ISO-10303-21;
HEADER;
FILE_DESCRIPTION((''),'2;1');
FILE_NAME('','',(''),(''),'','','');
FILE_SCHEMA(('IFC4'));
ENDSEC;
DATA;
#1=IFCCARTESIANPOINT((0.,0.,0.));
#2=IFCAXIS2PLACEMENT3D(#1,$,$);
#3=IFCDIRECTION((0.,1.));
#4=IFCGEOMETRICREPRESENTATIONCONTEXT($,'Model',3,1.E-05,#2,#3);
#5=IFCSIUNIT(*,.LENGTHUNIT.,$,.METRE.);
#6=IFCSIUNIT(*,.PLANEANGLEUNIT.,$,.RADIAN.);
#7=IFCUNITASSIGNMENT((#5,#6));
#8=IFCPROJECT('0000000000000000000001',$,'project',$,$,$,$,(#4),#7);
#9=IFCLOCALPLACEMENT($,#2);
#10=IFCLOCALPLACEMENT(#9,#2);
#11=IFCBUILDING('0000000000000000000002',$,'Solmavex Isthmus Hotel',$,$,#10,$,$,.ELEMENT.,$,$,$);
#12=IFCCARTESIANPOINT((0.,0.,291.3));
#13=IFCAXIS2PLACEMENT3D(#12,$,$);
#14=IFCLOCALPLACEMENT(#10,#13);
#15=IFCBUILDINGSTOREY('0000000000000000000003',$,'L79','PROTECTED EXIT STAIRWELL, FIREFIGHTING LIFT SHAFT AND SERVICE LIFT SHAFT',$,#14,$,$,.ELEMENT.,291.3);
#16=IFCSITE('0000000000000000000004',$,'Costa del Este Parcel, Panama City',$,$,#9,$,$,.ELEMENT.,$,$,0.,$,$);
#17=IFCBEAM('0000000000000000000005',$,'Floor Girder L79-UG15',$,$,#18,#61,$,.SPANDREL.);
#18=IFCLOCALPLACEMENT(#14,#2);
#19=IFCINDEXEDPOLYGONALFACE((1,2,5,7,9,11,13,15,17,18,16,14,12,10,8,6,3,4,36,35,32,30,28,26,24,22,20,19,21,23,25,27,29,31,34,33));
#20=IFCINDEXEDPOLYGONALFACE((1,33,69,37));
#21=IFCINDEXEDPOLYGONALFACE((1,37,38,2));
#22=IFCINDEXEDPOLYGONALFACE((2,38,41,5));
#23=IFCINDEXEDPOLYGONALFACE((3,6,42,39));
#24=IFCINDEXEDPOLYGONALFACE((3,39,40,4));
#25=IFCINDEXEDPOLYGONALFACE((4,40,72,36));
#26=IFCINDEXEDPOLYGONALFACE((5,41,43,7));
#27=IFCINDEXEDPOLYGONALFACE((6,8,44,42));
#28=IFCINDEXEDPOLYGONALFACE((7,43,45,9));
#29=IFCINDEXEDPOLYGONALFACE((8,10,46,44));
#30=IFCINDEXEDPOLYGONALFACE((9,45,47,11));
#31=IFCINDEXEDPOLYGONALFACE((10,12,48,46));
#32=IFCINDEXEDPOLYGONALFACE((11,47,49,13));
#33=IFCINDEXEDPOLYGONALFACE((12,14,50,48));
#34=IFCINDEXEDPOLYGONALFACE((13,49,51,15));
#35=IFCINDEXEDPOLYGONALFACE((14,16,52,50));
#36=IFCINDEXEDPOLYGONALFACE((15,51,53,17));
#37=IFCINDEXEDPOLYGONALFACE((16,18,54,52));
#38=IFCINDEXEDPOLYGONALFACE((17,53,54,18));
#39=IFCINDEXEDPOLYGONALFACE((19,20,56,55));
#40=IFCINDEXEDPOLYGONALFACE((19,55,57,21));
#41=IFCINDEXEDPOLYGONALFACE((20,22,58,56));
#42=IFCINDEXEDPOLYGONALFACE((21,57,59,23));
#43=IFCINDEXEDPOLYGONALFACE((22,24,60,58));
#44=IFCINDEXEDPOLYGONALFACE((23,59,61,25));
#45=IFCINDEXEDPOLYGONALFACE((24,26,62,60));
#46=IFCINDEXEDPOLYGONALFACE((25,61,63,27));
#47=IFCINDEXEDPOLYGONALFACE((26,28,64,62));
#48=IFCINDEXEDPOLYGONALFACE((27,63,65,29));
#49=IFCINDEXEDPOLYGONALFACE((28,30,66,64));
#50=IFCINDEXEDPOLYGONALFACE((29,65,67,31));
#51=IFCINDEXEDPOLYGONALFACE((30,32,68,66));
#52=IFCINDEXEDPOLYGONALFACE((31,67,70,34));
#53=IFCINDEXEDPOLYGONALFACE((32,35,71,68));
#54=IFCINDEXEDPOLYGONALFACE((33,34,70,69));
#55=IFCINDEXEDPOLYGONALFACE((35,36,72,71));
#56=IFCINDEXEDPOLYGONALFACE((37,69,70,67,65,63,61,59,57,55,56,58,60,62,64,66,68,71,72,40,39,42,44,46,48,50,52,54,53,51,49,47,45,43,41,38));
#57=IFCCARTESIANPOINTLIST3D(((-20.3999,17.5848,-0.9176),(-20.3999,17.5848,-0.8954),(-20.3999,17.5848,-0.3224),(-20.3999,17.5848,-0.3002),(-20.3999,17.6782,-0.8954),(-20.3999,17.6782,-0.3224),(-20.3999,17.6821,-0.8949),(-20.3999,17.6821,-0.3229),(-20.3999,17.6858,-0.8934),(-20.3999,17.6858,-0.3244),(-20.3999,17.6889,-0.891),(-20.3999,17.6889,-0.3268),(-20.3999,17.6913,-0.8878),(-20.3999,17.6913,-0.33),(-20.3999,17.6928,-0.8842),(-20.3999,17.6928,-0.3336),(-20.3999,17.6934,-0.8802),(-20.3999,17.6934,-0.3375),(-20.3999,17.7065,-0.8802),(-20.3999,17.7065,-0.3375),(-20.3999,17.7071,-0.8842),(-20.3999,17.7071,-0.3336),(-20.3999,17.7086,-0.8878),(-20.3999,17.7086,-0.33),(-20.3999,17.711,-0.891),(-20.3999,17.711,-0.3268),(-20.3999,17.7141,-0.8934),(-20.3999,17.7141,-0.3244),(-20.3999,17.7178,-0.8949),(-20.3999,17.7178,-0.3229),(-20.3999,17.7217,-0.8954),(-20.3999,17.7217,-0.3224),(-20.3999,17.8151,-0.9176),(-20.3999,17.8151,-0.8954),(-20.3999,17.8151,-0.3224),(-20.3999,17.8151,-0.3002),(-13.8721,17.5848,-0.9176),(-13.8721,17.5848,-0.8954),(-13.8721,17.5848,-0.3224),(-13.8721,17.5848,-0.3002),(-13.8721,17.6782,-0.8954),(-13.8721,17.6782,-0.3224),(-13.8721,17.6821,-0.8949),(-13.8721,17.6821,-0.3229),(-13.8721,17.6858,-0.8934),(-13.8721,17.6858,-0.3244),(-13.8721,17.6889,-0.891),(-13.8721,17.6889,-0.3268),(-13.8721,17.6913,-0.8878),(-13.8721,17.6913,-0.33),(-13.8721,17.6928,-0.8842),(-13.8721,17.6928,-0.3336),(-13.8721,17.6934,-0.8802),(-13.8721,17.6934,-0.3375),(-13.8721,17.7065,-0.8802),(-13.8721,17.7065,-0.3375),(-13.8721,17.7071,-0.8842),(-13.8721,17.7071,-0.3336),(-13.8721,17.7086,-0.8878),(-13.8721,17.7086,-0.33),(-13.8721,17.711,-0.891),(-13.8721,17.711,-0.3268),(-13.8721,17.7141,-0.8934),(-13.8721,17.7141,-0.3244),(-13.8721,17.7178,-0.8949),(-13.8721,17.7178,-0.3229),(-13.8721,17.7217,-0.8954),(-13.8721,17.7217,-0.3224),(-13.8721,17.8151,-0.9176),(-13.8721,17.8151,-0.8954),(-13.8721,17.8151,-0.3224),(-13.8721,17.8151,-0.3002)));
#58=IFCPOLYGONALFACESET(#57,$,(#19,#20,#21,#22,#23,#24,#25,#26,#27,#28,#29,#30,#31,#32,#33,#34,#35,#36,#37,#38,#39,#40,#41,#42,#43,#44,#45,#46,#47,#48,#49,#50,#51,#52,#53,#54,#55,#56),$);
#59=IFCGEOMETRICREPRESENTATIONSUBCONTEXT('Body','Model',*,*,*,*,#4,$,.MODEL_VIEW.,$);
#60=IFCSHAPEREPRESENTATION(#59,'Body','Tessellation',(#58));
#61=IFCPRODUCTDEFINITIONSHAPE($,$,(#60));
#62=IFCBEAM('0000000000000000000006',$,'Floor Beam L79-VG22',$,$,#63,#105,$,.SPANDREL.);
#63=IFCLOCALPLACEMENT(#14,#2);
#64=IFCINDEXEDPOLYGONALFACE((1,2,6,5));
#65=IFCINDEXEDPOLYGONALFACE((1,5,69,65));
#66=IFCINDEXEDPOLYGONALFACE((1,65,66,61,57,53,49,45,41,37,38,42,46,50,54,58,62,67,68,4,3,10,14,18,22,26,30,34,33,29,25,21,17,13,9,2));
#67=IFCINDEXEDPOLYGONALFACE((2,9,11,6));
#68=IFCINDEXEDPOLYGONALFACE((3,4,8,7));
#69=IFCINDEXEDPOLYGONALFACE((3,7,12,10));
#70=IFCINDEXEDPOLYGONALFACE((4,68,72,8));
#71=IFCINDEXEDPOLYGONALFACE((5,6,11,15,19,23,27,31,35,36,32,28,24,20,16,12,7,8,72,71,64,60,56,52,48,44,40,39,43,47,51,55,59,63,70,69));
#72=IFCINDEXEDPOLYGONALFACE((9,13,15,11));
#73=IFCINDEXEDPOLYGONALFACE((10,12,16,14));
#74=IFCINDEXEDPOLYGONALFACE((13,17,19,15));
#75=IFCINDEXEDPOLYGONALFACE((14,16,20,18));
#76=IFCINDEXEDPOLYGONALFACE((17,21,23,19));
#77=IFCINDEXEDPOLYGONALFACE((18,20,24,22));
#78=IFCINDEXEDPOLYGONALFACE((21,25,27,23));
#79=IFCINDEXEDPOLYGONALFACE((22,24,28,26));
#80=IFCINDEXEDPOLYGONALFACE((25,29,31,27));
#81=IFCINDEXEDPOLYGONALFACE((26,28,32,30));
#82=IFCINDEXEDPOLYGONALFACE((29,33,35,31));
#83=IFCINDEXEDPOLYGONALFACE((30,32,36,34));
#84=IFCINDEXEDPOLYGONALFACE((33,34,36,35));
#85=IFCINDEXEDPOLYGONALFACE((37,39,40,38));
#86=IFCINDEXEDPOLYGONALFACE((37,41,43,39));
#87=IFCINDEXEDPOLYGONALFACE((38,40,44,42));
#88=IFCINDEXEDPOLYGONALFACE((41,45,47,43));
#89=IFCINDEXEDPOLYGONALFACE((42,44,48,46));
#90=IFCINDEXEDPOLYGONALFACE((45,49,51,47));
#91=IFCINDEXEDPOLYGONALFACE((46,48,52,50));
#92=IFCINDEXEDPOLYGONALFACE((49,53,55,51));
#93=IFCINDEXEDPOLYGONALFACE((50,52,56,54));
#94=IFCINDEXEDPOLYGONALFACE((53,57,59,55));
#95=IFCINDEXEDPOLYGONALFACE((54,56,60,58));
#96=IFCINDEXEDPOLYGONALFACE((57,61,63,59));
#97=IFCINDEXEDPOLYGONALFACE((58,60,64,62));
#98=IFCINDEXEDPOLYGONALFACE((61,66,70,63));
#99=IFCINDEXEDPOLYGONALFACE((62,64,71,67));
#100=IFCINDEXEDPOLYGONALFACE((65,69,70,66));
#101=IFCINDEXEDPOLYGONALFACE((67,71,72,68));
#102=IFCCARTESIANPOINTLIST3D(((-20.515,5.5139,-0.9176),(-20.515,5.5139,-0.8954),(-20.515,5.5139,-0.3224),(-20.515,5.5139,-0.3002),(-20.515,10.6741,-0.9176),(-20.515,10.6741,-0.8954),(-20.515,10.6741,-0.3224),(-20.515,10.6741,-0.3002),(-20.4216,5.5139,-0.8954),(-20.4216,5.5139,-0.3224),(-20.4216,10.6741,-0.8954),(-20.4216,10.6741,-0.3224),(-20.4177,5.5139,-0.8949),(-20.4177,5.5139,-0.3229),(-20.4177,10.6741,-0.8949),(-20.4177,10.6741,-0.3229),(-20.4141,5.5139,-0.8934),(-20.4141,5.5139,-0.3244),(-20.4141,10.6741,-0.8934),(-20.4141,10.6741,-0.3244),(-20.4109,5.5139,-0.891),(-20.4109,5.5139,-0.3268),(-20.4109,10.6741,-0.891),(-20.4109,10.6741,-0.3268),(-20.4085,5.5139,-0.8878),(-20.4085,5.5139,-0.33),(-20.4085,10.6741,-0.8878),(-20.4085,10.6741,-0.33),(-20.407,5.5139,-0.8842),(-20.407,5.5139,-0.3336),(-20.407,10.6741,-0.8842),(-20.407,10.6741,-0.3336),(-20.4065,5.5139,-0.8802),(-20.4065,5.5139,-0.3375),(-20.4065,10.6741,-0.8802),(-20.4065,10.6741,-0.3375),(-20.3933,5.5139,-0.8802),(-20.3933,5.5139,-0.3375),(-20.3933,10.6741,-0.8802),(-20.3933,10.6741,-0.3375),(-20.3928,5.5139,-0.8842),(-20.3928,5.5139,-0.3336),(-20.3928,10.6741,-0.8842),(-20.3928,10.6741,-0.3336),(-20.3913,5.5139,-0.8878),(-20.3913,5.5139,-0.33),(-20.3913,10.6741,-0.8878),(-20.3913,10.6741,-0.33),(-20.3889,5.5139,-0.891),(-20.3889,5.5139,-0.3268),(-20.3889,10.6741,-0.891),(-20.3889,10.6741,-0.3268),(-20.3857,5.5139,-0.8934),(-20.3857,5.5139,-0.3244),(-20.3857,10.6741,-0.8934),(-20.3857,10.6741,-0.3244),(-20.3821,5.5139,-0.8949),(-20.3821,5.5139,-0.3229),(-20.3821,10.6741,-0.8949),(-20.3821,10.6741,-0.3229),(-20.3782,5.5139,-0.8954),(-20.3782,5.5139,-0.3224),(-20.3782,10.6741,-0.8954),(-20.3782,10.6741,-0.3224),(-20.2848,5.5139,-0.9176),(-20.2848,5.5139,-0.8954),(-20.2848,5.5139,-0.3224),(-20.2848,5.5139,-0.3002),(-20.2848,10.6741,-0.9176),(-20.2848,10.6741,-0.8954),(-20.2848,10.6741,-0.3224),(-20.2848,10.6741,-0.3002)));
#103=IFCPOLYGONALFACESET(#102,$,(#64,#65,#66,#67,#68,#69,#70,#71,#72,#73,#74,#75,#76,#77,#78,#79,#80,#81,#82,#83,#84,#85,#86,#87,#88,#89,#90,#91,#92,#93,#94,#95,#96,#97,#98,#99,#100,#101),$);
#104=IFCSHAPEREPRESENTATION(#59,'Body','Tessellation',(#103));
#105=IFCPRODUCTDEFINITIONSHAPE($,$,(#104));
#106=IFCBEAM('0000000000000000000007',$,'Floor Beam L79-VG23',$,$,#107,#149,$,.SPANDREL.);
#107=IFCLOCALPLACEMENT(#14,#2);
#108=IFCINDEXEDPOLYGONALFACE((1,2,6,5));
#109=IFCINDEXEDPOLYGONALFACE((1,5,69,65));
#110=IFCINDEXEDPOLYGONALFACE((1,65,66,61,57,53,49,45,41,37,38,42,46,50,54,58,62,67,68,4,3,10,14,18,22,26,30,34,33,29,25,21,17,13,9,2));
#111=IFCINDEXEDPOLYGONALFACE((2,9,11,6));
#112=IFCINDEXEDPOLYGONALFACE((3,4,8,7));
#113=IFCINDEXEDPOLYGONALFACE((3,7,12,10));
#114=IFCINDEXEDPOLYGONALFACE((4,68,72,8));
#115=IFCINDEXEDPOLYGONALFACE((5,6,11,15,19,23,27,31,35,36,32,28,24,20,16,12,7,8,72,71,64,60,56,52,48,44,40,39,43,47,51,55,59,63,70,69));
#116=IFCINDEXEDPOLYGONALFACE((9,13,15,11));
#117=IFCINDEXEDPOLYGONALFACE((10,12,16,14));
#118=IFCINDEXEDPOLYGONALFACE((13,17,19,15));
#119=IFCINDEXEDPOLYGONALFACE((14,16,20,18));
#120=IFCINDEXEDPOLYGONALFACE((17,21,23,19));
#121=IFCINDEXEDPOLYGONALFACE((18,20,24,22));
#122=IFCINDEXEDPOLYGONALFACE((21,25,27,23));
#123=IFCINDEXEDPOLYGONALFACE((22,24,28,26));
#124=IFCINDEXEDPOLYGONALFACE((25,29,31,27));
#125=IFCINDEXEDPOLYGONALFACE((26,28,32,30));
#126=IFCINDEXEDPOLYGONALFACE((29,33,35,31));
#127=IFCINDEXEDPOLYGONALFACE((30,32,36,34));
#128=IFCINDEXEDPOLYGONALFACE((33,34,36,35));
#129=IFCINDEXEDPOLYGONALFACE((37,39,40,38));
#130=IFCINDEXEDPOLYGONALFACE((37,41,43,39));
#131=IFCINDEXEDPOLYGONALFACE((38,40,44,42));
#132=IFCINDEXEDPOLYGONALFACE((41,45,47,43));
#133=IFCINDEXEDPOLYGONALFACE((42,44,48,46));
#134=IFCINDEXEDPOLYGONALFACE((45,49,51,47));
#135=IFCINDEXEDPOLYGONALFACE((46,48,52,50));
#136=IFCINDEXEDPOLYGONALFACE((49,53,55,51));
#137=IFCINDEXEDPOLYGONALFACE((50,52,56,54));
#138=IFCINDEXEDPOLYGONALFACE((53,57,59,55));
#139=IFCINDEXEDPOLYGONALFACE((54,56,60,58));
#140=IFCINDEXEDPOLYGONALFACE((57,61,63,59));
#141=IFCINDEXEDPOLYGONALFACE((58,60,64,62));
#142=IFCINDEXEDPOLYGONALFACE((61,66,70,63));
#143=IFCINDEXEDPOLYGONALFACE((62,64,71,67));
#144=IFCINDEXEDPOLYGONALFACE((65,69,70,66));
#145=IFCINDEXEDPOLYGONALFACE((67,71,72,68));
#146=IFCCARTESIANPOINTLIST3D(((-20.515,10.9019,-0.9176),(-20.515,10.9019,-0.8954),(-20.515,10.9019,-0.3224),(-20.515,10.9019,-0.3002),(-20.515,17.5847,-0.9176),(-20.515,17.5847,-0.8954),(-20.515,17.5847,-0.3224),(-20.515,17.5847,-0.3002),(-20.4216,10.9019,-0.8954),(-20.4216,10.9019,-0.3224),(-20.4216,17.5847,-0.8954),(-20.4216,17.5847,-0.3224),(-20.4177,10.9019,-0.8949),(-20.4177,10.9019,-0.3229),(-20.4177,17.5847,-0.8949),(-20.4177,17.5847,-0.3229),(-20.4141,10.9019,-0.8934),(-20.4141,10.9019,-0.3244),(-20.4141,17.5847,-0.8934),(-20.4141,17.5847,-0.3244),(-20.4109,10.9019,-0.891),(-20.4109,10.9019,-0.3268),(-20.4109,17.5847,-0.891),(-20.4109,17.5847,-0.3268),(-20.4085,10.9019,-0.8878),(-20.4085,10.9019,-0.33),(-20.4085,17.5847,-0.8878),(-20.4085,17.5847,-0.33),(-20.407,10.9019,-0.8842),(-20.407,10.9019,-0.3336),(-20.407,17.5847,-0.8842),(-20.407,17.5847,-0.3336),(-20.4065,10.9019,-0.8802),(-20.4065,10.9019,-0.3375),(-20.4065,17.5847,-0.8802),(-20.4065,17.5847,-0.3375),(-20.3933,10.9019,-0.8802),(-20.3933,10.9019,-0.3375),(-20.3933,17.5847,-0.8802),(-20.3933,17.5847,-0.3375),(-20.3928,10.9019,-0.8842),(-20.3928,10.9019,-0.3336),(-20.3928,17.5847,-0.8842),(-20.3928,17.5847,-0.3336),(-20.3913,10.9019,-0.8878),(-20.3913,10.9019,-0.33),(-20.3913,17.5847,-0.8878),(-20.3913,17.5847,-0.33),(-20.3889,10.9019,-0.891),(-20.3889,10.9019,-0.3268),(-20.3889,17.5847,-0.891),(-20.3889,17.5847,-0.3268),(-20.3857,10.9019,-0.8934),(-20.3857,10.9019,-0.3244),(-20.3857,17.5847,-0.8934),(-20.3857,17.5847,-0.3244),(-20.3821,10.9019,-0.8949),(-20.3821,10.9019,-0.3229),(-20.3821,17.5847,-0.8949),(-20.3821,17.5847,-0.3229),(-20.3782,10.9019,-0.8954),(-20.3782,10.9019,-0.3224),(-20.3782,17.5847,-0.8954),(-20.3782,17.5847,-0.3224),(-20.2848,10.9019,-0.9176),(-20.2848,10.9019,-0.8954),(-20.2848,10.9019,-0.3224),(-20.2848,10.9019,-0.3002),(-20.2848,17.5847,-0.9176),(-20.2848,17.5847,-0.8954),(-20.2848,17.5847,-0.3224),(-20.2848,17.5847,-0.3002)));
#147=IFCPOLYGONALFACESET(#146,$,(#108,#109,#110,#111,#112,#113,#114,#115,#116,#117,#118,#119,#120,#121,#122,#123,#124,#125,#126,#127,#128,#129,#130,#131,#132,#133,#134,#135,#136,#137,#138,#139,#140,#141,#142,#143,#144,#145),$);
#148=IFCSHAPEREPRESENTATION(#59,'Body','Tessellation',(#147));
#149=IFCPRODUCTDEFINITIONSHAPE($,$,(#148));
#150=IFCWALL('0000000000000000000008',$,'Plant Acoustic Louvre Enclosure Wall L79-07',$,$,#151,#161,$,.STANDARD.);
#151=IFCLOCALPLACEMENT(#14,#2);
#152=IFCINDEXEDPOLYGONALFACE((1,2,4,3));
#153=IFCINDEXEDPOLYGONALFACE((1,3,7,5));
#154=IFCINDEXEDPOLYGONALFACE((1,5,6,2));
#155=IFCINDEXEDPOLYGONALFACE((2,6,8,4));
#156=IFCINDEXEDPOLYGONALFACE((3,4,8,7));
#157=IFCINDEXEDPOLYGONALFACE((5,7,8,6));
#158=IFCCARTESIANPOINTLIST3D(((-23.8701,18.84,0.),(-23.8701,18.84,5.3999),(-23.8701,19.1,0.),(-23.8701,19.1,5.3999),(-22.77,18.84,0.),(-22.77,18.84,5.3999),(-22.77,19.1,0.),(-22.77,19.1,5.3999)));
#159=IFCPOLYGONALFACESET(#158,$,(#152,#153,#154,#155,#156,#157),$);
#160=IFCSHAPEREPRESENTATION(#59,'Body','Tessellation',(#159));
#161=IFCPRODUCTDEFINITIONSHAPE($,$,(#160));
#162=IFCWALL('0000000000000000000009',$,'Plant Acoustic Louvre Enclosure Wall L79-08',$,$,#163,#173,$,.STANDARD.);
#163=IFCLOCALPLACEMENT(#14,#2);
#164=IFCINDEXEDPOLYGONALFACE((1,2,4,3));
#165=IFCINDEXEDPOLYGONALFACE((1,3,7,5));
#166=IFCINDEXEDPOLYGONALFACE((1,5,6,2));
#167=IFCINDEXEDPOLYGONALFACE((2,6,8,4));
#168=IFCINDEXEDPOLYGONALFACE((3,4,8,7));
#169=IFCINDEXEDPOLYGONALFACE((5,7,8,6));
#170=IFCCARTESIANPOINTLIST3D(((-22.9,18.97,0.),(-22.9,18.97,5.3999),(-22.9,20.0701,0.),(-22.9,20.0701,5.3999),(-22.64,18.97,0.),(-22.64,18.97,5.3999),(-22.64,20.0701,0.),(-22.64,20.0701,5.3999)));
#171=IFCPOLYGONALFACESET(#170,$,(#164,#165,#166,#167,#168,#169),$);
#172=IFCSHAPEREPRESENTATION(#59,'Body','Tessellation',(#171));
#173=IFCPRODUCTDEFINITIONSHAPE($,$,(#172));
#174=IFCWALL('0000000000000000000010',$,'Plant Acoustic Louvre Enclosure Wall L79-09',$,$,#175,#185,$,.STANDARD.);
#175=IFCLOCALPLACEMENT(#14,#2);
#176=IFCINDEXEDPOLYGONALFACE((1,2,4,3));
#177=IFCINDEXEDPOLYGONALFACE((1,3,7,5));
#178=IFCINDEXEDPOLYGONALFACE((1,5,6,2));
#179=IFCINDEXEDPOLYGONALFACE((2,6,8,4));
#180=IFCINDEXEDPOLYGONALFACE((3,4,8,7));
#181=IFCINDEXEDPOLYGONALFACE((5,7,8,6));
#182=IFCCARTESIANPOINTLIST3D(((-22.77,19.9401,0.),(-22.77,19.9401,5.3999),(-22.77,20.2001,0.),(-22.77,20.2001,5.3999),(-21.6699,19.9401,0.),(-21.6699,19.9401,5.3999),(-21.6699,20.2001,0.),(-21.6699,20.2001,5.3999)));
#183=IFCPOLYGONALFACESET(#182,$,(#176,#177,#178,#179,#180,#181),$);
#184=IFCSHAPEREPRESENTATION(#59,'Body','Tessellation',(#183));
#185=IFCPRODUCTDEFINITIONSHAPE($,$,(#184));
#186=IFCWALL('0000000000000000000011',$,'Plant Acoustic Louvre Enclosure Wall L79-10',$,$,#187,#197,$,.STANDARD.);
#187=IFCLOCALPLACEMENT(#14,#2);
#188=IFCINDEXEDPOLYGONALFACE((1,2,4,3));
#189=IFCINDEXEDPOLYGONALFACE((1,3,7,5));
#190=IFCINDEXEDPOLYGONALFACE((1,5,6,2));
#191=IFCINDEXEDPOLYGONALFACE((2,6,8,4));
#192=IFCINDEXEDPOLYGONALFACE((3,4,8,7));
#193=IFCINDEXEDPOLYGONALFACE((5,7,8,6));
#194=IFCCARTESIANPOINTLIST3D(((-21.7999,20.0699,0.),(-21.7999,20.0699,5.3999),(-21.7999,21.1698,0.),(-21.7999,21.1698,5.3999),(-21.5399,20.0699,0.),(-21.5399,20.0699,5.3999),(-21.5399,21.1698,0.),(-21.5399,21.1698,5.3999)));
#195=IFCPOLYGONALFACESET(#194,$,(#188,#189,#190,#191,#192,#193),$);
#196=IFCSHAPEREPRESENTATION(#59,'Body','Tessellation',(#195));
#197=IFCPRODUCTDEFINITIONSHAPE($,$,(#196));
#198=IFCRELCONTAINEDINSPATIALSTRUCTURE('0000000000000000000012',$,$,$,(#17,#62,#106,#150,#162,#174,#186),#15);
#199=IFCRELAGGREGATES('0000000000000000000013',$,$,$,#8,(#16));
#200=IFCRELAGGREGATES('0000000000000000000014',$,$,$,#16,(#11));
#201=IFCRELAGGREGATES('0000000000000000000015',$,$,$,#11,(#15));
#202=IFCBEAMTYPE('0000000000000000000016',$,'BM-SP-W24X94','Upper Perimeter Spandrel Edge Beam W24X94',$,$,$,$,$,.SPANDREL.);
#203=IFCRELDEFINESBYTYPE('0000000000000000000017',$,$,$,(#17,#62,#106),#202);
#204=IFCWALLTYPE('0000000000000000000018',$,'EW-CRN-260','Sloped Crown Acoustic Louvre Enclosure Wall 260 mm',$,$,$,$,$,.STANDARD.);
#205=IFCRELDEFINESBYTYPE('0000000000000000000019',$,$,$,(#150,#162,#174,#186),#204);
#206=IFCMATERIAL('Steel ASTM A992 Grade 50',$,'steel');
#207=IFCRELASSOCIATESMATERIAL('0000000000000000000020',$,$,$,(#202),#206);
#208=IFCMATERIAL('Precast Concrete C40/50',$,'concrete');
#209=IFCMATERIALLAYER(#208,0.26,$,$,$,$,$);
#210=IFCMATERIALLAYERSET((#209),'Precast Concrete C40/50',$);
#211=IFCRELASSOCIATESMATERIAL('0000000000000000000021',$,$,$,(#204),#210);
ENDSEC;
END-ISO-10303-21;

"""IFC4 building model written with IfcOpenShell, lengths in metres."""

from ifc_helpers import new_model, si_unit, direction, frame, frame_2d, origin, origin_2d, place, context, subcontext, project, spatial, rectangle, i_section, extrude, material, layer, layer_set, material_profile, profile_set, type_object, element, save


model = new_model("IFC4")

# Units and contexts
model_context = context("Model", 3, precision=1e-05, world=origin(), true_north=direction((0.0, 1.0)))
body_context = subcontext(model_context, "Body", "Model", "MODEL_VIEW")
ifc_project = project(units=[si_unit("LENGTHUNIT", "METRE"), si_unit("PLANEANGLEUNIT", "RADIAN")], contexts=[model_context])

# Site, building, storey
site_placement = place(None, origin())
site = spatial("IfcSite", under=ifc_project, at=site_placement, Name="Costa del Este Parcel, Panama City", CompositionType="ELEMENT", RefElevation=0.0)
building_placement = place(site_placement, origin())
building = spatial("IfcBuilding", under=site, at=building_placement, Name="Solmavex Isthmus Hotel", CompositionType="ELEMENT")
storey_placement = place(building_placement, frame((0.0, 0.0, 291.3)))
storey = spatial("IfcBuildingStorey", under=building, at=storey_placement, Name="L79", Description="PROTECTED EXIT STAIRWELL, FIREFIGHTING LIFT SHAFT AND SERVICE LIFT SHAFT", CompositionType="ELEMENT", Elevation=291.3)

# Beams
ifc_material_1 = material(Name="Steel ASTM A992 Grade 50", Category="steel")
ifc_material_profile_1 = material_profile(ifc_material_1, i_section(OverallWidth=0.2302, OverallDepth=0.6174, WebThickness=0.0132, FlangeThickness=0.0222, FilletRadius=0.0151, at=origin_2d()), Name="W24X94")
ifc_profile_set_1 = profile_set([ifc_material_profile_1], Name="Steel ASTM A992 Grade 50")
beam_type_1 = type_object("IfcBeamType", Name="BM-SP-W24X94", Description="Upper Perimeter Spandrel Edge Beam W24X94", PredefinedType="SPANDREL", material=ifc_profile_set_1)
beam_1_placement = place(storey_placement, frame((-20.3999, 17.7, -0.6089), z_axis=(1.0, 0.0, 0.0), x_axis=(0.0, 1.0, 0.0)))
element("IfcBeam", 1, at=beam_1_placement, inside=storey, type_object=beam_type_1, Name="Floor Girder L79-UG15", PredefinedType="SPANDREL", context=body_context, shape_type="SweptSolid", body=[
    extrude(i_section(OverallWidth=0.2302, OverallDepth=0.6174, WebThickness=0.0132, FlangeThickness=0.0222, FilletRadius=0.0151, at=origin_2d()), origin(), (0.0, 0.0, 1.0), 6.5278),
])
beam_2_placement = place(storey_placement, frame((-20.3999, 5.5139, -0.6089), z_axis=(0.0, 1.0, 0.0), x_axis=(-1.0, 0.0, 0.0)))
element("IfcBeam", 2, at=beam_2_placement, inside=storey, type_object=beam_type_1, Name="Floor Beam L79-VG22", PredefinedType="SPANDREL", context=body_context, shape_type="SweptSolid", body=[
    extrude(i_section(OverallWidth=0.2302, OverallDepth=0.6174, WebThickness=0.0132, FlangeThickness=0.0222, FilletRadius=0.0151, at=origin_2d()), origin(), (0.0, 0.0, 1.0), 5.1602),
])
beam_3_placement = place(storey_placement, frame((-20.3999, 10.9019, -0.6089), z_axis=(0.0, 1.0, 0.0), x_axis=(-1.0, 0.0, 0.0)))
element("IfcBeam", 3, at=beam_3_placement, inside=storey, type_object=beam_type_1, Name="Floor Beam L79-VG23", PredefinedType="SPANDREL", context=body_context, shape_type="SweptSolid", body=[
    extrude(i_section(OverallWidth=0.2302, OverallDepth=0.6174, WebThickness=0.0132, FlangeThickness=0.0222, FilletRadius=0.0151, at=origin_2d()), origin(), (0.0, 0.0, 1.0), 6.6829),
])

# Walls
ifc_material_2 = material(Name="Precast Concrete C40/50", Category="concrete")
ifc_layer_1 = layer(ifc_material_2, 0.26)
ifc_layer_set_1 = layer_set([ifc_layer_1], Name="Precast Concrete C40/50")
wall_type_1 = type_object("IfcWallType", Name="EW-CRN-260", Description="Sloped Crown Acoustic Louvre Enclosure Wall 260 mm", PredefinedType="STANDARD", material=ifc_layer_set_1)
for number, where, z_axis, x_axis, name in (
    (4, (-23.8701, 18.97, 0.0), (0.0, 0.0, 1.0), (1.0, 0.0, 0.0), "Plant Acoustic Louvre Enclosure Wall L79-07"),
    (5, (-22.77, 18.97, 0.0), (0.0, 0.0, 1.0), (0.0, 1.0, 0.0), "Plant Acoustic Louvre Enclosure Wall L79-08"),
    (6, (-22.77, 20.0701, 0.0), (0.0, 0.0, 1.0), (1.0, 0.0, 0.0), "Plant Acoustic Louvre Enclosure Wall L79-09"),
):
    element("IfcWall", number, at=place(storey_placement, frame(where, z_axis=z_axis, x_axis=x_axis)), inside=storey, type_object=wall_type_1, Name=name, PredefinedType="STANDARD", context=body_context, shape_type="SweptSolid", body=[
        extrude(rectangle(XDim=1.1001, YDim=0.26, at=frame_2d((0.55, 0.0))), origin(), (0.0, 0.0, 1.0), 5.3999),
    ])
wall_1_placement = place(storey_placement, frame((-21.6699, 20.0701, 0.0), z_axis=(0.0, 0.0, 1.0), x_axis=(0.0, 1.0, 0.0)))
element("IfcWall", 7, at=wall_1_placement, inside=storey, type_object=wall_type_1, Name="Plant Acoustic Louvre Enclosure Wall L79-10", PredefinedType="STANDARD", context=body_context, shape_type="SweptSolid", body=[
    extrude(rectangle(XDim=1.0999, YDim=0.26, at=frame_2d((0.5498, 0.0))), origin(), (0.0, 0.0, 1.0), 5.3999),
])

save(model, "model.ifc")
